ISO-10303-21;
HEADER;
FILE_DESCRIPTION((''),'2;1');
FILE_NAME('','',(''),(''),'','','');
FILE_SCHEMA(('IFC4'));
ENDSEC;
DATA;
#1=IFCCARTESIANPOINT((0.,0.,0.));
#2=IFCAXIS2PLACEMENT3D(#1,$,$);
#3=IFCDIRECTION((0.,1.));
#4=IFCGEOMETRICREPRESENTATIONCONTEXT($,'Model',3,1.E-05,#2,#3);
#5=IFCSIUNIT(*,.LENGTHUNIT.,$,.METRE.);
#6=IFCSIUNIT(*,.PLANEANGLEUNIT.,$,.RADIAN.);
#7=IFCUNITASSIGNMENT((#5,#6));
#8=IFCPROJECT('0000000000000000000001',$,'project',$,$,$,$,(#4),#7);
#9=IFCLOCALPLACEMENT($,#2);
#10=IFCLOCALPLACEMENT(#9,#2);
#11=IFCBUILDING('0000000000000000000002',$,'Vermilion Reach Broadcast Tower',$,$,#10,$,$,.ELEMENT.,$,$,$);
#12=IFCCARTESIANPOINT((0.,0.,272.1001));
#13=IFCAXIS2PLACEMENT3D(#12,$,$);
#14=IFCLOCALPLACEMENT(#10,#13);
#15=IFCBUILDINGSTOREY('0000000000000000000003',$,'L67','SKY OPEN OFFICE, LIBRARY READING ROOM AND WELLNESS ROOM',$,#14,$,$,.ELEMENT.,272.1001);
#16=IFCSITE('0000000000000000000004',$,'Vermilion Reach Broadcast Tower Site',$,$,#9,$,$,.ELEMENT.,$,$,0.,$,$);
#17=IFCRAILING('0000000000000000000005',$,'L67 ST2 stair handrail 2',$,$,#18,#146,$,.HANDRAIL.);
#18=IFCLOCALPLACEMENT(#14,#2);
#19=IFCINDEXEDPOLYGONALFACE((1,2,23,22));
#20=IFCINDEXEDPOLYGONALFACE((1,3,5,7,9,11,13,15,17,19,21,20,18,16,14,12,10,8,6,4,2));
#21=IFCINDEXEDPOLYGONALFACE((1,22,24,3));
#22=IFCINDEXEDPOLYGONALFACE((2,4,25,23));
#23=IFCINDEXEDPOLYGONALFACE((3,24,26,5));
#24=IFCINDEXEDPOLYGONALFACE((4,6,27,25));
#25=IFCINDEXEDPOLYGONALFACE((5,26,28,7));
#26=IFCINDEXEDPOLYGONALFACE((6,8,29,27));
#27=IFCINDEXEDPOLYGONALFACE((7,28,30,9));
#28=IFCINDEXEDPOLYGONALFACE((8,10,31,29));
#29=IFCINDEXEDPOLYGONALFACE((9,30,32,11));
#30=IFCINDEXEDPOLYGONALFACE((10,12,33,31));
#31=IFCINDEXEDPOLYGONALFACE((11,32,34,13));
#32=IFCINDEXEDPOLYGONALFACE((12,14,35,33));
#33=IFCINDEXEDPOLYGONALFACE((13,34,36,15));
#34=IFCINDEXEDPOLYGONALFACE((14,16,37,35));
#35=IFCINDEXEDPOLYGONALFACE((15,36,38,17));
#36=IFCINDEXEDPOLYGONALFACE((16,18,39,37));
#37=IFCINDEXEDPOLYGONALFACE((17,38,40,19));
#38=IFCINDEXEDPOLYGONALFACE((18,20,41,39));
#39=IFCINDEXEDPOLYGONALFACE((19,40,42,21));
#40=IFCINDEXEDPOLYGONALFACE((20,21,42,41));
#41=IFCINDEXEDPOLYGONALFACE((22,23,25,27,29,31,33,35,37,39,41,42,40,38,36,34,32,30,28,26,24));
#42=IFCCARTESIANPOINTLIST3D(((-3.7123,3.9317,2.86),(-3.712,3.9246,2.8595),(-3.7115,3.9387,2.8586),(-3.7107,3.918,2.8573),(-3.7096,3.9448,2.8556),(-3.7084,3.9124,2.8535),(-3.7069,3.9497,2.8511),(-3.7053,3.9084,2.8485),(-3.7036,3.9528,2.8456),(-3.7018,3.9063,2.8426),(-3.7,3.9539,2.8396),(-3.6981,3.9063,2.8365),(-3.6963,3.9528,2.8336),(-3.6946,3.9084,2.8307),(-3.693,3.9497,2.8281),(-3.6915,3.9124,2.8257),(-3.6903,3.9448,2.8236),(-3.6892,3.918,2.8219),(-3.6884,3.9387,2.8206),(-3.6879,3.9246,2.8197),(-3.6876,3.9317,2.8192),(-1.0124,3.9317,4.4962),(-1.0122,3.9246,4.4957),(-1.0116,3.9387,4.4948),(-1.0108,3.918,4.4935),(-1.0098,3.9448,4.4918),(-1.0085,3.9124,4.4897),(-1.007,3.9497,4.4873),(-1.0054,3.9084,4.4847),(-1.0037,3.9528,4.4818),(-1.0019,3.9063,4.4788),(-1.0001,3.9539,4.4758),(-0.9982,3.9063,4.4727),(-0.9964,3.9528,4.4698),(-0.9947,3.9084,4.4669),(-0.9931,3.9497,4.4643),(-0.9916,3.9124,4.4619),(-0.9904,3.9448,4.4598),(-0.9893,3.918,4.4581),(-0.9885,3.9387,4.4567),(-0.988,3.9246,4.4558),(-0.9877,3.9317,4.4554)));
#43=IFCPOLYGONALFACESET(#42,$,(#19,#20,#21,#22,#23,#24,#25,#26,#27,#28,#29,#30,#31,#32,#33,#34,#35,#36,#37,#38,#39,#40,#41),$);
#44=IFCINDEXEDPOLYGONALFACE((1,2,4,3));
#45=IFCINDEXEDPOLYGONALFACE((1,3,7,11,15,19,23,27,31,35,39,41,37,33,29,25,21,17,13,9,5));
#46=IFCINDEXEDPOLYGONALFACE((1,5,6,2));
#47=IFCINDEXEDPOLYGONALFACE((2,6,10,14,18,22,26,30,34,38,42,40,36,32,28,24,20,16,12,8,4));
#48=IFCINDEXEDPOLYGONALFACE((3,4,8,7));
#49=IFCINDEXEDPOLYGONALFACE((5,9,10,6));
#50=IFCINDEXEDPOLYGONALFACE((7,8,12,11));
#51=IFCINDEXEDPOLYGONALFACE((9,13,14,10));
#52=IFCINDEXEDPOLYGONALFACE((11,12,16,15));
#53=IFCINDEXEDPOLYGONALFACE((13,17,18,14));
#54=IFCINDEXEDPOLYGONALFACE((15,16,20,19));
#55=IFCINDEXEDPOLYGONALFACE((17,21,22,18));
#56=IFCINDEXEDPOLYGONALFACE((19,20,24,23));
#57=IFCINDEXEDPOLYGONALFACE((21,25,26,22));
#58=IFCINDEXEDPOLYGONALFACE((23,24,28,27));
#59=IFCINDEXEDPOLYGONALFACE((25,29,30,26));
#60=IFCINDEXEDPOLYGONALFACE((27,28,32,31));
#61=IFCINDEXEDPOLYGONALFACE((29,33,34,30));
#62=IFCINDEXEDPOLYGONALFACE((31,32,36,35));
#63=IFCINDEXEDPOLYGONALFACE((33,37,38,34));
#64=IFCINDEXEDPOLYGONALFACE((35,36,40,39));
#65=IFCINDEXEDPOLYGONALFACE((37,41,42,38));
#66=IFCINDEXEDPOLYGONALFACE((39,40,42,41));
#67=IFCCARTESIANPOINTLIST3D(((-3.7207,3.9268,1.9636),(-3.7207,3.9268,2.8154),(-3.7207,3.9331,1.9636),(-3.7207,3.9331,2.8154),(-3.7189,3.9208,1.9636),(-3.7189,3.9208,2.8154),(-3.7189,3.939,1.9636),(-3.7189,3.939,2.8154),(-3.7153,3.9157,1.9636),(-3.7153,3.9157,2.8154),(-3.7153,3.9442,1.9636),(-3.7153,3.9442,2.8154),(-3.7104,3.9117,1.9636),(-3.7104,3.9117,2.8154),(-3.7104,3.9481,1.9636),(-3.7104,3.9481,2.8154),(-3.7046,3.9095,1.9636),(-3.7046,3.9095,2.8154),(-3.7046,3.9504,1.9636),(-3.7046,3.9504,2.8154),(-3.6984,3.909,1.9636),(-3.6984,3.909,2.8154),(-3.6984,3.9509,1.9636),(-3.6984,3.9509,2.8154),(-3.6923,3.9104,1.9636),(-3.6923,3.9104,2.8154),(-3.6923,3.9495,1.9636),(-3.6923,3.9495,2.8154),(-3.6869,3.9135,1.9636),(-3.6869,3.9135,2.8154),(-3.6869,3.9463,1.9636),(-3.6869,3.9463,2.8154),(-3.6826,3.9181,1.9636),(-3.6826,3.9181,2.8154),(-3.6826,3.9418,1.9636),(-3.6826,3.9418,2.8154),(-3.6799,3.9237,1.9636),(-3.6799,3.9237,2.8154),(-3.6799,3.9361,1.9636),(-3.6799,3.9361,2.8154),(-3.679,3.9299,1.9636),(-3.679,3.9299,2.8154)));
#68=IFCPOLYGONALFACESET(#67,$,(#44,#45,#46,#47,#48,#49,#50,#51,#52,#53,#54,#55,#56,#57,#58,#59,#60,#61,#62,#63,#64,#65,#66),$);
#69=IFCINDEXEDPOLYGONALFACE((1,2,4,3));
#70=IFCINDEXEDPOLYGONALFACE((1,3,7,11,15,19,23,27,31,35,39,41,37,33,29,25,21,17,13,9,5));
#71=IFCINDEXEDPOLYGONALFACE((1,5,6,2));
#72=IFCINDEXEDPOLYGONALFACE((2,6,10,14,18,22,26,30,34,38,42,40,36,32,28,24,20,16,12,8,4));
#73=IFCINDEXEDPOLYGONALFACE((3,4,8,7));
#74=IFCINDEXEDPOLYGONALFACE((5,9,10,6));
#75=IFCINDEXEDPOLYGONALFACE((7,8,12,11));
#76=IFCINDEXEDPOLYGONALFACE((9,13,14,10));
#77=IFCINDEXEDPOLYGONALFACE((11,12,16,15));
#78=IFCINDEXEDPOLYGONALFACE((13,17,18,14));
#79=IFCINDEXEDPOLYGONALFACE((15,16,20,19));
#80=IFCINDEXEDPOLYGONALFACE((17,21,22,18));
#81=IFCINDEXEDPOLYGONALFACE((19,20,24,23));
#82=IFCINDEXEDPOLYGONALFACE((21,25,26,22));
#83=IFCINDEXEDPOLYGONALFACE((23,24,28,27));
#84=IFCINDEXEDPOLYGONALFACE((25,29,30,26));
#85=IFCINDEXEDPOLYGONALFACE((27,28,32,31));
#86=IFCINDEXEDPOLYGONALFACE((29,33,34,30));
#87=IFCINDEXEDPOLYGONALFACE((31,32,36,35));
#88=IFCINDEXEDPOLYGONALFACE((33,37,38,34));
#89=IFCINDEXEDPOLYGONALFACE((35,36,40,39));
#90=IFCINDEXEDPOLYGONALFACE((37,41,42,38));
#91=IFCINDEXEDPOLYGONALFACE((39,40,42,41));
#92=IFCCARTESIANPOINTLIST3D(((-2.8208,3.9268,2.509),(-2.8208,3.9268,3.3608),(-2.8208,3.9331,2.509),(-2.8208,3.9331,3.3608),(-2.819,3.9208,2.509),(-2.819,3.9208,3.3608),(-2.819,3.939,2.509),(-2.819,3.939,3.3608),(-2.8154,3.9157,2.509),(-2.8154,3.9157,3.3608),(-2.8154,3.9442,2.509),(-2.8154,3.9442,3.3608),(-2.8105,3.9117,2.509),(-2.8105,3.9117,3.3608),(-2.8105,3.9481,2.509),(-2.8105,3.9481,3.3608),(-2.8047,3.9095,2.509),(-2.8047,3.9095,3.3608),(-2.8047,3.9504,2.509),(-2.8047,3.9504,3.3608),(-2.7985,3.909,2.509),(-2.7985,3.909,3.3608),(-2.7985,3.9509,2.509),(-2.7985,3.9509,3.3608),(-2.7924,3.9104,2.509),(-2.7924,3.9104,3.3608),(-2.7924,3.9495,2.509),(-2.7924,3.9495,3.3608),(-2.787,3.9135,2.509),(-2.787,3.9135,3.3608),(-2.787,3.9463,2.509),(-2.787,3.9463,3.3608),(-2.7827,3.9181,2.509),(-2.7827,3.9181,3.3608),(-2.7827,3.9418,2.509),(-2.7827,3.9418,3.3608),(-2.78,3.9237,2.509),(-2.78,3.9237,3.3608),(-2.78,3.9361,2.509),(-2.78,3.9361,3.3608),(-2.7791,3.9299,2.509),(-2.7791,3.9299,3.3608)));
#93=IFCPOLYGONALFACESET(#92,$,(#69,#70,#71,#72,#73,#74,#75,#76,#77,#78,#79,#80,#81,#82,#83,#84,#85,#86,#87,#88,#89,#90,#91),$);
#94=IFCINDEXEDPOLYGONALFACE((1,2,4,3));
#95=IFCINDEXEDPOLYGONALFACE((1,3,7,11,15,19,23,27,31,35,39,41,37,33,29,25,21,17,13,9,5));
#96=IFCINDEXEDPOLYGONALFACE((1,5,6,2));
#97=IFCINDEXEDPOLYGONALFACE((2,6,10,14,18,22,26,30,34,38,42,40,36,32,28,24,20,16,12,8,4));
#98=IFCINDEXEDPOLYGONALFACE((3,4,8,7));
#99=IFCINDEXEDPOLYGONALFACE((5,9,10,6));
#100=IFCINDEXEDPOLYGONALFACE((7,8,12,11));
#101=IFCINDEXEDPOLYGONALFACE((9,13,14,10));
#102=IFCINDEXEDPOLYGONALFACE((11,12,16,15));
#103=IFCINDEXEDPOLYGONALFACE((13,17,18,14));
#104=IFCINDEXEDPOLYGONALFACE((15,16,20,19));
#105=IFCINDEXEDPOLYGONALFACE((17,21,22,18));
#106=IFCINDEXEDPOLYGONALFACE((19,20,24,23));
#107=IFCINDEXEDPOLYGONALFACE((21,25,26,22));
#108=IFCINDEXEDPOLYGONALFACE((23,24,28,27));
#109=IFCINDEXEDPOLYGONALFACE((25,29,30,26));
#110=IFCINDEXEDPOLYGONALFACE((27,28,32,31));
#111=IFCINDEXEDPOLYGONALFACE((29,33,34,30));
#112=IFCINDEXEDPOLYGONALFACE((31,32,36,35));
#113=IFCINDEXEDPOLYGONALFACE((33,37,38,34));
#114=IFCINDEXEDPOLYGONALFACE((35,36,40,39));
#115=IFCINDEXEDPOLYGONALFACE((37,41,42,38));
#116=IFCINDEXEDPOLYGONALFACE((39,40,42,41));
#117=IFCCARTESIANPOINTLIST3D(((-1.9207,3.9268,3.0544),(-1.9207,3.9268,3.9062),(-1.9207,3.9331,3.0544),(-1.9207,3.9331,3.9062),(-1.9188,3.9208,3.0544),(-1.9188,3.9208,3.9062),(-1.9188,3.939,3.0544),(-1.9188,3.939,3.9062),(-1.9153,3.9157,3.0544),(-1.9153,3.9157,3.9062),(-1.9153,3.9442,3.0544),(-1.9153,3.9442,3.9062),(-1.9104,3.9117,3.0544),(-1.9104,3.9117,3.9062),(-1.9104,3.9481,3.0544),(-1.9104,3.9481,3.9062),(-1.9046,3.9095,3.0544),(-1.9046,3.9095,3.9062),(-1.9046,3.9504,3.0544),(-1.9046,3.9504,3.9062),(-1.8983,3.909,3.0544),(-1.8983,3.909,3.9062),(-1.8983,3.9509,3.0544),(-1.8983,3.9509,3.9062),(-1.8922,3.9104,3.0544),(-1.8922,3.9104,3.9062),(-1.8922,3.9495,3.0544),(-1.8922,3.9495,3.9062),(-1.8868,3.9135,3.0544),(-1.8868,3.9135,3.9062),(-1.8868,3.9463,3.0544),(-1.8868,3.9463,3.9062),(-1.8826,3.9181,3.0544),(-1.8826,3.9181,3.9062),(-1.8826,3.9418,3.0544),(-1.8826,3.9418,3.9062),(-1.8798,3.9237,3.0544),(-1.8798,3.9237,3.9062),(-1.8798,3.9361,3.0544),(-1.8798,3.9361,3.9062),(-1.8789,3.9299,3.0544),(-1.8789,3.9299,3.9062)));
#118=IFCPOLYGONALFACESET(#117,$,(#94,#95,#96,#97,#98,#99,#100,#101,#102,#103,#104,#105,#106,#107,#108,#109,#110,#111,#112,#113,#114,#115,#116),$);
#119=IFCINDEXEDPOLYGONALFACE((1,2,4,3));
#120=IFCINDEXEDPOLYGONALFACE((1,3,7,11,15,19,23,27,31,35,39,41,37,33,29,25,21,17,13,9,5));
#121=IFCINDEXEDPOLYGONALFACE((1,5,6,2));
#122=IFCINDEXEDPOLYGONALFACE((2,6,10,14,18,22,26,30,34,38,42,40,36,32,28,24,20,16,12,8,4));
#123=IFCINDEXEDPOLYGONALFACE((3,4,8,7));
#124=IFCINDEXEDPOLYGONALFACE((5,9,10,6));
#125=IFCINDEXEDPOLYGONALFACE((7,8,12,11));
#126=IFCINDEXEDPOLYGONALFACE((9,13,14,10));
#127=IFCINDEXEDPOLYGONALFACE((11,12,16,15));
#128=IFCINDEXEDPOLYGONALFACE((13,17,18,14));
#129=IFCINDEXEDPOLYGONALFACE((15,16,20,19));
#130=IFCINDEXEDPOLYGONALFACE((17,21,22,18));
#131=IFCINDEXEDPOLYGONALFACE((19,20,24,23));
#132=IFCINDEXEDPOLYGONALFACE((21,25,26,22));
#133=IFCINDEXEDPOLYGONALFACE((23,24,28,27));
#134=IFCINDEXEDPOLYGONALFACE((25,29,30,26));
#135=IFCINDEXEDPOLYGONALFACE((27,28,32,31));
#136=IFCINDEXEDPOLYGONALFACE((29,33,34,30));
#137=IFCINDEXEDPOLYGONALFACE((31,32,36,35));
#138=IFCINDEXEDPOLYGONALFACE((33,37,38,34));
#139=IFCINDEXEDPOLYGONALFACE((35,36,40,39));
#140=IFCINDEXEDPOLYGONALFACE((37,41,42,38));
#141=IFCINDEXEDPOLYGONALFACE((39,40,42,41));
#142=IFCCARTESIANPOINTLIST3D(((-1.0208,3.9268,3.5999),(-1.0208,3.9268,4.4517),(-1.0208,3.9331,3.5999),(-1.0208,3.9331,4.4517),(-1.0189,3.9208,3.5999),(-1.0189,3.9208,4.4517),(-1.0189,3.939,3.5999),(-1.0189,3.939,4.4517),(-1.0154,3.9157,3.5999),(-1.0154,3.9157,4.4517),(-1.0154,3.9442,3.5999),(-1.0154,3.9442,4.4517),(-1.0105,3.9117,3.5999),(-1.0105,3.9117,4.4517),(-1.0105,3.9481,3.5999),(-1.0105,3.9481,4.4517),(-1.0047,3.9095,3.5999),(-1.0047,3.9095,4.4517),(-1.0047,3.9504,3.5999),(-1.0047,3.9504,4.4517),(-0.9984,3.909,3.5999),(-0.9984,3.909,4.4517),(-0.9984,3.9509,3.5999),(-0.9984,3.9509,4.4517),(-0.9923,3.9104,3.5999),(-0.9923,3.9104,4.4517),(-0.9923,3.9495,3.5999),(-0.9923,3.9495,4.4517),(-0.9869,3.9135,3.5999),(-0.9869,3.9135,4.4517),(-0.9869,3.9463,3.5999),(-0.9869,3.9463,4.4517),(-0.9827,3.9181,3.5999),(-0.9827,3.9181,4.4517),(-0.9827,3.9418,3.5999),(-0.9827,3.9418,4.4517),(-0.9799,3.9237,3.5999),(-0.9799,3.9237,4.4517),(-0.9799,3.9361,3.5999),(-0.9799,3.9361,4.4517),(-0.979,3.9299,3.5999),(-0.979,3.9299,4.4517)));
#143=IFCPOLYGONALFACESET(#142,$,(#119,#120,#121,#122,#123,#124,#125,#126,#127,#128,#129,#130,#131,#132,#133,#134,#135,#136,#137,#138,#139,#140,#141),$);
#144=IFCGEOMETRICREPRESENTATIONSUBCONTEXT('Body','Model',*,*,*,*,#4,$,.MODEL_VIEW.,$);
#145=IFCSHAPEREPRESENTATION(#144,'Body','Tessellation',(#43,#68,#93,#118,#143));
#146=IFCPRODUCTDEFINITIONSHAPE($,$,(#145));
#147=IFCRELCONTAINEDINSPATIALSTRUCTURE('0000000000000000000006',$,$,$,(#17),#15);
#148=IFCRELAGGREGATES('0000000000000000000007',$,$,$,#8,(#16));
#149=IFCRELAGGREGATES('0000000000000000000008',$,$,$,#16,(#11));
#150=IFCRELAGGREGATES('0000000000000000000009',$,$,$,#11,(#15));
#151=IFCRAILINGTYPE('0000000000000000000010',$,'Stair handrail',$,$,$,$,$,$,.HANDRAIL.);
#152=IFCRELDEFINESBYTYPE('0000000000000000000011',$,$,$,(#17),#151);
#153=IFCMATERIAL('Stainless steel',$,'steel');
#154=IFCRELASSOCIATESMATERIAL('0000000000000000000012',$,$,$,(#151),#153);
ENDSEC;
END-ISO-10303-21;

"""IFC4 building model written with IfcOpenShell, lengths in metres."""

from ifc_helpers import new_model, si_unit, direction, frame, origin, origin_2d, place, context, subcontext, project, spatial, circle, extrude, material, type_object, element, save


model = new_model("IFC4")

# Units and contexts
model_context = context("Model", 3, precision=1e-05, world=origin(), true_north=direction((0.0, 1.0)))
body_context = subcontext(model_context, "Body", "Model", "MODEL_VIEW")
ifc_project = project(units=[si_unit("LENGTHUNIT", "METRE"), si_unit("PLANEANGLEUNIT", "RADIAN")], contexts=[model_context])

# Site, building, storey
site_placement = place(None, origin())
site = spatial("IfcSite", under=ifc_project, at=site_placement, Name="Vermilion Reach Broadcast Tower Site", CompositionType="ELEMENT", RefElevation=0.0)
building_placement = place(site_placement, origin())
building = spatial("IfcBuilding", under=site, at=building_placement, Name="Vermilion Reach Broadcast Tower", CompositionType="ELEMENT")
storey_placement = place(building_placement, frame((0.0, 0.0, 272.1001)))
storey = spatial("IfcBuildingStorey", under=building, at=storey_placement, Name="L67", Description="SKY OPEN OFFICE, LIBRARY READING ROOM AND WELLNESS ROOM", CompositionType="ELEMENT", Elevation=272.1001)

# Railing
ifc_material_1 = material(Name="Stainless steel", Category="steel")
railing_type_1 = type_object("IfcRailingType", Name="Stair handrail", PredefinedType="HANDRAIL", material=ifc_material_1)
railing_1_placement = place(storey_placement, frame((-3.7, 3.9299, 1.9636)))
element("IfcRailing", 1, at=railing_1_placement, inside=storey, type_object=railing_type_1, Name="L67 ST2 stair handrail 2", PredefinedType="HANDRAIL", context=body_context, shape_type="SweptSolid", body=[
    extrude(circle(Radius=0.0239, at=origin_2d()), frame((0.0, 0.0, 0.876), z_axis=(0.855212, 0.0, 0.518278), x_axis=(0.0, 1.0, 0.0)), (0.0, 0.0, 1.0), 3.157),
    extrude(circle(Radius=0.021, at=origin_2d()), origin(), (0.0, 0.0, 1.0), 0.8518),
    extrude(circle(Radius=0.021, at=origin_2d()), frame((0.8999, 0.0, 0.5454)), (0.0, 0.0, 1.0), 0.8518),
    extrude(circle(Radius=0.021, at=origin_2d()), frame((1.8, 0.0, 1.0908)), (0.0, 0.0, 1.0), 0.8518),
    extrude(circle(Radius=0.021, at=origin_2d()), frame((2.7, 0.0, 1.6362)), (0.0, 0.0, 1.0), 0.8518),
])

save(model, "model.ifc")
